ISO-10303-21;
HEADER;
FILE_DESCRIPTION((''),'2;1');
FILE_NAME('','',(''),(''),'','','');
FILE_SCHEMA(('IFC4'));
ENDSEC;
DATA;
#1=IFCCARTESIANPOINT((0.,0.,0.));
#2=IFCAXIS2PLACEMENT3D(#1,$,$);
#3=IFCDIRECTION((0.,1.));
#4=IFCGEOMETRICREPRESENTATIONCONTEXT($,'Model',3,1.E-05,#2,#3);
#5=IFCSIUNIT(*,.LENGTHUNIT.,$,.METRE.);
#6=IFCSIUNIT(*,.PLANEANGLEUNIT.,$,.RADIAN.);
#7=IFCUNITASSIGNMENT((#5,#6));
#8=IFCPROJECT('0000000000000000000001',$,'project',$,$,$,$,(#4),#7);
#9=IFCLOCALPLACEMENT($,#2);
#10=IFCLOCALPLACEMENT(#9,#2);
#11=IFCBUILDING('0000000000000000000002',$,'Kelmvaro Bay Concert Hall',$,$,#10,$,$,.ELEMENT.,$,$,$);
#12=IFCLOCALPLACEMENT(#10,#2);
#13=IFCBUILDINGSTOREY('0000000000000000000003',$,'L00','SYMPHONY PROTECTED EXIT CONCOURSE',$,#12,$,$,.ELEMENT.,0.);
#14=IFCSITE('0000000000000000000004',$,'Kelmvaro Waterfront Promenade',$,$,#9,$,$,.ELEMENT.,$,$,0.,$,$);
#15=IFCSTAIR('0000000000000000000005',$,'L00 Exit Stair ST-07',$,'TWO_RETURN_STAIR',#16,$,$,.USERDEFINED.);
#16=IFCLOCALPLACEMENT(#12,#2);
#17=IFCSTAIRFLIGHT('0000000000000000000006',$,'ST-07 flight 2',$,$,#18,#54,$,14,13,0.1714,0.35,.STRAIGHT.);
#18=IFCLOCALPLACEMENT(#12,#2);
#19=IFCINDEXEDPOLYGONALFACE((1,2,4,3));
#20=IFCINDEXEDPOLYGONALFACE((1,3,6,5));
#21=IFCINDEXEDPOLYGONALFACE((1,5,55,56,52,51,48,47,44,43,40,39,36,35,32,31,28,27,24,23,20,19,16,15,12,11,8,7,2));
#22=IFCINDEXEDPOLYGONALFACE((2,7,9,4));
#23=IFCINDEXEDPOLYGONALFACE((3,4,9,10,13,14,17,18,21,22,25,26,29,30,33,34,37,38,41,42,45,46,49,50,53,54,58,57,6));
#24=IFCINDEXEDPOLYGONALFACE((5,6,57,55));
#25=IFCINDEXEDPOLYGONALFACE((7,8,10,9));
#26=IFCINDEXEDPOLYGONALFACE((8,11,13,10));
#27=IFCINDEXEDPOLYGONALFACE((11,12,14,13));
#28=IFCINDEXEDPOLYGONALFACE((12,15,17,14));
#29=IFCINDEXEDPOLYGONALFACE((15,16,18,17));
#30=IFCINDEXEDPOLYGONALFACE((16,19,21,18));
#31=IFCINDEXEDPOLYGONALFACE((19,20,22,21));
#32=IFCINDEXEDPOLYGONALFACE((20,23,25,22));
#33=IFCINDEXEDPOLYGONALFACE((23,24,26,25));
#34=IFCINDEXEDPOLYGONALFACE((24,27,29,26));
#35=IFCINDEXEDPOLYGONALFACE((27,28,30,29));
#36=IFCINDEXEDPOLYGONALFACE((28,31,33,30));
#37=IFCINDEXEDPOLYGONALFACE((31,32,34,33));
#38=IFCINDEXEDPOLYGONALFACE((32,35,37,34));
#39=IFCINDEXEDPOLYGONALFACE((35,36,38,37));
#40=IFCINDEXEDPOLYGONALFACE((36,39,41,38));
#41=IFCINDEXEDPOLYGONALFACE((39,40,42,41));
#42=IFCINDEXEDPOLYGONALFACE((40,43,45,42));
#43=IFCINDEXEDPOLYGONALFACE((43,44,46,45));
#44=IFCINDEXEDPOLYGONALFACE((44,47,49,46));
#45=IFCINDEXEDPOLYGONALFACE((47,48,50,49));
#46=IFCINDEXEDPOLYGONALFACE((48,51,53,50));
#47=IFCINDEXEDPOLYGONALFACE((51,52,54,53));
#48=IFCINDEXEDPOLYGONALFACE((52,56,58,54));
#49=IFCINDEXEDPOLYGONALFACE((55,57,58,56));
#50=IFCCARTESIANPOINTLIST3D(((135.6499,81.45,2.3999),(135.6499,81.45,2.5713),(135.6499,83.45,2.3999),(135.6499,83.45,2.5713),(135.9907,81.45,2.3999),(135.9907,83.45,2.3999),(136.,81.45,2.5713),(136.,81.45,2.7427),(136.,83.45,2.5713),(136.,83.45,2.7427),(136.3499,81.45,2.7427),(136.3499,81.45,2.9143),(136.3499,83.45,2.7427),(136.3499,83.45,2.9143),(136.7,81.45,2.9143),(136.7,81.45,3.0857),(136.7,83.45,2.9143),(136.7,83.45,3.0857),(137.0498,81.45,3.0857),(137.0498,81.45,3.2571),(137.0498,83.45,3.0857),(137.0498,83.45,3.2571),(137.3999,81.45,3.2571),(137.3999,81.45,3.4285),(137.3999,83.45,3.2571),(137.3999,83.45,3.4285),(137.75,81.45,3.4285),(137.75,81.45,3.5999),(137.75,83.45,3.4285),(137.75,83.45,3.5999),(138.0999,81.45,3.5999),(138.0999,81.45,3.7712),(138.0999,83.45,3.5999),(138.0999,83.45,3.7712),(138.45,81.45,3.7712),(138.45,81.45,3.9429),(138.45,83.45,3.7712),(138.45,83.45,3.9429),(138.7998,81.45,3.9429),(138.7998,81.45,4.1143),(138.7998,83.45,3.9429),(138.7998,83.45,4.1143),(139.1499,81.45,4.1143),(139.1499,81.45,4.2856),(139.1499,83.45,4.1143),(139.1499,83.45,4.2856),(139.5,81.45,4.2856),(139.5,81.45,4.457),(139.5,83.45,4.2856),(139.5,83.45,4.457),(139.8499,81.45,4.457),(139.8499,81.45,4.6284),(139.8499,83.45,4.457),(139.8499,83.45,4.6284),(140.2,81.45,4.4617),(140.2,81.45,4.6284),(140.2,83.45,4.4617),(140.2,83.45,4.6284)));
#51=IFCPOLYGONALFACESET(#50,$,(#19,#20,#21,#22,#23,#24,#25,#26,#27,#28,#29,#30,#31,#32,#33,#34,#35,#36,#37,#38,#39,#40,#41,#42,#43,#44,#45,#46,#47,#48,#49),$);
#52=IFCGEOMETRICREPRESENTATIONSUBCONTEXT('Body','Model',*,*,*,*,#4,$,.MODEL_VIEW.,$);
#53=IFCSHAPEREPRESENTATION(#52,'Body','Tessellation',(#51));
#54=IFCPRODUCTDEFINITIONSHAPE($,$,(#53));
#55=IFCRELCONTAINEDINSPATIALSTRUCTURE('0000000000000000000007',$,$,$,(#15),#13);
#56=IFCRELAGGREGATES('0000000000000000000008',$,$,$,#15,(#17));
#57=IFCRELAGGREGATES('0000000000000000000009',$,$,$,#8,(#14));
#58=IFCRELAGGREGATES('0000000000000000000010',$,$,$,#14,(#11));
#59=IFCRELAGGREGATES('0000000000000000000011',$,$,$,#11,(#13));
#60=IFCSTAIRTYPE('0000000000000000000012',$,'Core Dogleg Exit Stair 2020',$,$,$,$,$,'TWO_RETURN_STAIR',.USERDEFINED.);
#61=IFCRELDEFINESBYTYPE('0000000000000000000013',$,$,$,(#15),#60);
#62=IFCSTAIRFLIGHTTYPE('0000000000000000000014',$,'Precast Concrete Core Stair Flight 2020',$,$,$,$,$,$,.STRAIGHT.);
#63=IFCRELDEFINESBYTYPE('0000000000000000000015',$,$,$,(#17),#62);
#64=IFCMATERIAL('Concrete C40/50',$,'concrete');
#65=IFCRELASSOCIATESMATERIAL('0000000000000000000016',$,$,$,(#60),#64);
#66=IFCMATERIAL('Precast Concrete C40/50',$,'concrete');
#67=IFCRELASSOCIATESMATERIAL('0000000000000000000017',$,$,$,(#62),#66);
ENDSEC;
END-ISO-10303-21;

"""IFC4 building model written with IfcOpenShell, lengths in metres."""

from ifc_helpers import new_model, si_unit, direction, frame, origin, place, context, subcontext, project, spatial, polyline, outline, extrude, material, type_object, element, aggregate, save


model = new_model("IFC4")

# Units and contexts
model_context = context("Model", 3, precision=1e-05, world=origin(), true_north=direction((0.0, 1.0)))
body_context = subcontext(model_context, "Body", "Model", "MODEL_VIEW")
ifc_project = project(units=[si_unit("LENGTHUNIT", "METRE"), si_unit("PLANEANGLEUNIT", "RADIAN")], contexts=[model_context])

# Site, building, storey
site_placement = place(None, origin())
site = spatial("IfcSite", under=ifc_project, at=site_placement, Name="Kelmvaro Waterfront Promenade", CompositionType="ELEMENT", RefElevation=0.0)
building_placement = place(site_placement, origin())
building = spatial("IfcBuilding", under=site, at=building_placement, Name="Kelmvaro Bay Concert Hall", CompositionType="ELEMENT")
storey_placement = place(building_placement, origin())
storey = spatial("IfcBuildingStorey", under=building, at=storey_placement, Name="L00", Description="SYMPHONY PROTECTED EXIT CONCOURSE", CompositionType="ELEMENT", Elevation=0.0)

# Stair, stair flight
ifc_material_1 = material(Name="Concrete C40/50", Category="concrete")
stair_type = type_object("IfcStairType", Name="Core Dogleg Exit Stair 2020", ElementType="TWO_RETURN_STAIR", PredefinedType="USERDEFINED", material=ifc_material_1)
stair_placement = place(storey_placement, origin())
stair = element("IfcStair", 1, at=stair_placement, inside=storey, type_object=stair_type, Name="L00 Exit Stair ST-07", ObjectType="TWO_RETURN_STAIR", PredefinedType="USERDEFINED")
ifc_material_2 = material(Name="Precast Concrete C40/50", Category="concrete")
stair_flight_type = type_object("IfcStairFlightType", Name="Precast Concrete Core Stair Flight 2020", PredefinedType="STRAIGHT", material=ifc_material_2)
stair_flight_1_placement = place(storey_placement, frame((135.6499, 82.45, 2.3999), z_axis=(0.0, 0.0, 1.0), x_axis=(1.0, 0.0, 0.0)))
stair_flight_1 = element("IfcStairFlight", 2, at=stair_flight_1_placement, type_object=stair_flight_type, Name="ST-07 flight 2", NumberOfRisers=14, NumberOfTreads=13, PredefinedType="STRAIGHT", RiserHeight=0.1714, TreadLength=0.35, context=body_context, shape_type="SweptSolid", body=[
    extrude(outline(polyline([(0.0, 0.0), (0.0, 0.1714), (0.3501, 0.1714), (0.3501, 0.3428), (0.7, 0.3428), (0.7, 0.5144), (1.05, 0.5144), (1.05, 0.6858), (1.3999, 0.6858), (1.3999, 0.8572), (1.75, 0.8572), (1.75, 1.0286), (2.1001, 1.0286), (2.1001, 1.2), (2.45, 1.2), (2.45, 1.3713), (2.8, 1.3713), (2.8, 1.543), (3.1499, 1.543), (3.1499, 1.7144), (3.5, 1.7144), (3.5, 1.8857), (3.8501, 1.8857), (3.8501, 2.0571), (4.2, 2.0571), (4.2, 2.2285), (4.55, 2.2285), (4.55, 2.3999), (4.55, 2.0618), (0.3408, 0.0), (0.0, 0.0)])), frame((0.0, 1.0, 0.0), z_axis=(0.0, -1.0, 0.0), x_axis=(1.0, 0.0, 0.0)), (0.0, 0.0, 1.0), 2.0),
])
aggregate(stair, [stair_flight_1])

save(model, "model.ifc")
